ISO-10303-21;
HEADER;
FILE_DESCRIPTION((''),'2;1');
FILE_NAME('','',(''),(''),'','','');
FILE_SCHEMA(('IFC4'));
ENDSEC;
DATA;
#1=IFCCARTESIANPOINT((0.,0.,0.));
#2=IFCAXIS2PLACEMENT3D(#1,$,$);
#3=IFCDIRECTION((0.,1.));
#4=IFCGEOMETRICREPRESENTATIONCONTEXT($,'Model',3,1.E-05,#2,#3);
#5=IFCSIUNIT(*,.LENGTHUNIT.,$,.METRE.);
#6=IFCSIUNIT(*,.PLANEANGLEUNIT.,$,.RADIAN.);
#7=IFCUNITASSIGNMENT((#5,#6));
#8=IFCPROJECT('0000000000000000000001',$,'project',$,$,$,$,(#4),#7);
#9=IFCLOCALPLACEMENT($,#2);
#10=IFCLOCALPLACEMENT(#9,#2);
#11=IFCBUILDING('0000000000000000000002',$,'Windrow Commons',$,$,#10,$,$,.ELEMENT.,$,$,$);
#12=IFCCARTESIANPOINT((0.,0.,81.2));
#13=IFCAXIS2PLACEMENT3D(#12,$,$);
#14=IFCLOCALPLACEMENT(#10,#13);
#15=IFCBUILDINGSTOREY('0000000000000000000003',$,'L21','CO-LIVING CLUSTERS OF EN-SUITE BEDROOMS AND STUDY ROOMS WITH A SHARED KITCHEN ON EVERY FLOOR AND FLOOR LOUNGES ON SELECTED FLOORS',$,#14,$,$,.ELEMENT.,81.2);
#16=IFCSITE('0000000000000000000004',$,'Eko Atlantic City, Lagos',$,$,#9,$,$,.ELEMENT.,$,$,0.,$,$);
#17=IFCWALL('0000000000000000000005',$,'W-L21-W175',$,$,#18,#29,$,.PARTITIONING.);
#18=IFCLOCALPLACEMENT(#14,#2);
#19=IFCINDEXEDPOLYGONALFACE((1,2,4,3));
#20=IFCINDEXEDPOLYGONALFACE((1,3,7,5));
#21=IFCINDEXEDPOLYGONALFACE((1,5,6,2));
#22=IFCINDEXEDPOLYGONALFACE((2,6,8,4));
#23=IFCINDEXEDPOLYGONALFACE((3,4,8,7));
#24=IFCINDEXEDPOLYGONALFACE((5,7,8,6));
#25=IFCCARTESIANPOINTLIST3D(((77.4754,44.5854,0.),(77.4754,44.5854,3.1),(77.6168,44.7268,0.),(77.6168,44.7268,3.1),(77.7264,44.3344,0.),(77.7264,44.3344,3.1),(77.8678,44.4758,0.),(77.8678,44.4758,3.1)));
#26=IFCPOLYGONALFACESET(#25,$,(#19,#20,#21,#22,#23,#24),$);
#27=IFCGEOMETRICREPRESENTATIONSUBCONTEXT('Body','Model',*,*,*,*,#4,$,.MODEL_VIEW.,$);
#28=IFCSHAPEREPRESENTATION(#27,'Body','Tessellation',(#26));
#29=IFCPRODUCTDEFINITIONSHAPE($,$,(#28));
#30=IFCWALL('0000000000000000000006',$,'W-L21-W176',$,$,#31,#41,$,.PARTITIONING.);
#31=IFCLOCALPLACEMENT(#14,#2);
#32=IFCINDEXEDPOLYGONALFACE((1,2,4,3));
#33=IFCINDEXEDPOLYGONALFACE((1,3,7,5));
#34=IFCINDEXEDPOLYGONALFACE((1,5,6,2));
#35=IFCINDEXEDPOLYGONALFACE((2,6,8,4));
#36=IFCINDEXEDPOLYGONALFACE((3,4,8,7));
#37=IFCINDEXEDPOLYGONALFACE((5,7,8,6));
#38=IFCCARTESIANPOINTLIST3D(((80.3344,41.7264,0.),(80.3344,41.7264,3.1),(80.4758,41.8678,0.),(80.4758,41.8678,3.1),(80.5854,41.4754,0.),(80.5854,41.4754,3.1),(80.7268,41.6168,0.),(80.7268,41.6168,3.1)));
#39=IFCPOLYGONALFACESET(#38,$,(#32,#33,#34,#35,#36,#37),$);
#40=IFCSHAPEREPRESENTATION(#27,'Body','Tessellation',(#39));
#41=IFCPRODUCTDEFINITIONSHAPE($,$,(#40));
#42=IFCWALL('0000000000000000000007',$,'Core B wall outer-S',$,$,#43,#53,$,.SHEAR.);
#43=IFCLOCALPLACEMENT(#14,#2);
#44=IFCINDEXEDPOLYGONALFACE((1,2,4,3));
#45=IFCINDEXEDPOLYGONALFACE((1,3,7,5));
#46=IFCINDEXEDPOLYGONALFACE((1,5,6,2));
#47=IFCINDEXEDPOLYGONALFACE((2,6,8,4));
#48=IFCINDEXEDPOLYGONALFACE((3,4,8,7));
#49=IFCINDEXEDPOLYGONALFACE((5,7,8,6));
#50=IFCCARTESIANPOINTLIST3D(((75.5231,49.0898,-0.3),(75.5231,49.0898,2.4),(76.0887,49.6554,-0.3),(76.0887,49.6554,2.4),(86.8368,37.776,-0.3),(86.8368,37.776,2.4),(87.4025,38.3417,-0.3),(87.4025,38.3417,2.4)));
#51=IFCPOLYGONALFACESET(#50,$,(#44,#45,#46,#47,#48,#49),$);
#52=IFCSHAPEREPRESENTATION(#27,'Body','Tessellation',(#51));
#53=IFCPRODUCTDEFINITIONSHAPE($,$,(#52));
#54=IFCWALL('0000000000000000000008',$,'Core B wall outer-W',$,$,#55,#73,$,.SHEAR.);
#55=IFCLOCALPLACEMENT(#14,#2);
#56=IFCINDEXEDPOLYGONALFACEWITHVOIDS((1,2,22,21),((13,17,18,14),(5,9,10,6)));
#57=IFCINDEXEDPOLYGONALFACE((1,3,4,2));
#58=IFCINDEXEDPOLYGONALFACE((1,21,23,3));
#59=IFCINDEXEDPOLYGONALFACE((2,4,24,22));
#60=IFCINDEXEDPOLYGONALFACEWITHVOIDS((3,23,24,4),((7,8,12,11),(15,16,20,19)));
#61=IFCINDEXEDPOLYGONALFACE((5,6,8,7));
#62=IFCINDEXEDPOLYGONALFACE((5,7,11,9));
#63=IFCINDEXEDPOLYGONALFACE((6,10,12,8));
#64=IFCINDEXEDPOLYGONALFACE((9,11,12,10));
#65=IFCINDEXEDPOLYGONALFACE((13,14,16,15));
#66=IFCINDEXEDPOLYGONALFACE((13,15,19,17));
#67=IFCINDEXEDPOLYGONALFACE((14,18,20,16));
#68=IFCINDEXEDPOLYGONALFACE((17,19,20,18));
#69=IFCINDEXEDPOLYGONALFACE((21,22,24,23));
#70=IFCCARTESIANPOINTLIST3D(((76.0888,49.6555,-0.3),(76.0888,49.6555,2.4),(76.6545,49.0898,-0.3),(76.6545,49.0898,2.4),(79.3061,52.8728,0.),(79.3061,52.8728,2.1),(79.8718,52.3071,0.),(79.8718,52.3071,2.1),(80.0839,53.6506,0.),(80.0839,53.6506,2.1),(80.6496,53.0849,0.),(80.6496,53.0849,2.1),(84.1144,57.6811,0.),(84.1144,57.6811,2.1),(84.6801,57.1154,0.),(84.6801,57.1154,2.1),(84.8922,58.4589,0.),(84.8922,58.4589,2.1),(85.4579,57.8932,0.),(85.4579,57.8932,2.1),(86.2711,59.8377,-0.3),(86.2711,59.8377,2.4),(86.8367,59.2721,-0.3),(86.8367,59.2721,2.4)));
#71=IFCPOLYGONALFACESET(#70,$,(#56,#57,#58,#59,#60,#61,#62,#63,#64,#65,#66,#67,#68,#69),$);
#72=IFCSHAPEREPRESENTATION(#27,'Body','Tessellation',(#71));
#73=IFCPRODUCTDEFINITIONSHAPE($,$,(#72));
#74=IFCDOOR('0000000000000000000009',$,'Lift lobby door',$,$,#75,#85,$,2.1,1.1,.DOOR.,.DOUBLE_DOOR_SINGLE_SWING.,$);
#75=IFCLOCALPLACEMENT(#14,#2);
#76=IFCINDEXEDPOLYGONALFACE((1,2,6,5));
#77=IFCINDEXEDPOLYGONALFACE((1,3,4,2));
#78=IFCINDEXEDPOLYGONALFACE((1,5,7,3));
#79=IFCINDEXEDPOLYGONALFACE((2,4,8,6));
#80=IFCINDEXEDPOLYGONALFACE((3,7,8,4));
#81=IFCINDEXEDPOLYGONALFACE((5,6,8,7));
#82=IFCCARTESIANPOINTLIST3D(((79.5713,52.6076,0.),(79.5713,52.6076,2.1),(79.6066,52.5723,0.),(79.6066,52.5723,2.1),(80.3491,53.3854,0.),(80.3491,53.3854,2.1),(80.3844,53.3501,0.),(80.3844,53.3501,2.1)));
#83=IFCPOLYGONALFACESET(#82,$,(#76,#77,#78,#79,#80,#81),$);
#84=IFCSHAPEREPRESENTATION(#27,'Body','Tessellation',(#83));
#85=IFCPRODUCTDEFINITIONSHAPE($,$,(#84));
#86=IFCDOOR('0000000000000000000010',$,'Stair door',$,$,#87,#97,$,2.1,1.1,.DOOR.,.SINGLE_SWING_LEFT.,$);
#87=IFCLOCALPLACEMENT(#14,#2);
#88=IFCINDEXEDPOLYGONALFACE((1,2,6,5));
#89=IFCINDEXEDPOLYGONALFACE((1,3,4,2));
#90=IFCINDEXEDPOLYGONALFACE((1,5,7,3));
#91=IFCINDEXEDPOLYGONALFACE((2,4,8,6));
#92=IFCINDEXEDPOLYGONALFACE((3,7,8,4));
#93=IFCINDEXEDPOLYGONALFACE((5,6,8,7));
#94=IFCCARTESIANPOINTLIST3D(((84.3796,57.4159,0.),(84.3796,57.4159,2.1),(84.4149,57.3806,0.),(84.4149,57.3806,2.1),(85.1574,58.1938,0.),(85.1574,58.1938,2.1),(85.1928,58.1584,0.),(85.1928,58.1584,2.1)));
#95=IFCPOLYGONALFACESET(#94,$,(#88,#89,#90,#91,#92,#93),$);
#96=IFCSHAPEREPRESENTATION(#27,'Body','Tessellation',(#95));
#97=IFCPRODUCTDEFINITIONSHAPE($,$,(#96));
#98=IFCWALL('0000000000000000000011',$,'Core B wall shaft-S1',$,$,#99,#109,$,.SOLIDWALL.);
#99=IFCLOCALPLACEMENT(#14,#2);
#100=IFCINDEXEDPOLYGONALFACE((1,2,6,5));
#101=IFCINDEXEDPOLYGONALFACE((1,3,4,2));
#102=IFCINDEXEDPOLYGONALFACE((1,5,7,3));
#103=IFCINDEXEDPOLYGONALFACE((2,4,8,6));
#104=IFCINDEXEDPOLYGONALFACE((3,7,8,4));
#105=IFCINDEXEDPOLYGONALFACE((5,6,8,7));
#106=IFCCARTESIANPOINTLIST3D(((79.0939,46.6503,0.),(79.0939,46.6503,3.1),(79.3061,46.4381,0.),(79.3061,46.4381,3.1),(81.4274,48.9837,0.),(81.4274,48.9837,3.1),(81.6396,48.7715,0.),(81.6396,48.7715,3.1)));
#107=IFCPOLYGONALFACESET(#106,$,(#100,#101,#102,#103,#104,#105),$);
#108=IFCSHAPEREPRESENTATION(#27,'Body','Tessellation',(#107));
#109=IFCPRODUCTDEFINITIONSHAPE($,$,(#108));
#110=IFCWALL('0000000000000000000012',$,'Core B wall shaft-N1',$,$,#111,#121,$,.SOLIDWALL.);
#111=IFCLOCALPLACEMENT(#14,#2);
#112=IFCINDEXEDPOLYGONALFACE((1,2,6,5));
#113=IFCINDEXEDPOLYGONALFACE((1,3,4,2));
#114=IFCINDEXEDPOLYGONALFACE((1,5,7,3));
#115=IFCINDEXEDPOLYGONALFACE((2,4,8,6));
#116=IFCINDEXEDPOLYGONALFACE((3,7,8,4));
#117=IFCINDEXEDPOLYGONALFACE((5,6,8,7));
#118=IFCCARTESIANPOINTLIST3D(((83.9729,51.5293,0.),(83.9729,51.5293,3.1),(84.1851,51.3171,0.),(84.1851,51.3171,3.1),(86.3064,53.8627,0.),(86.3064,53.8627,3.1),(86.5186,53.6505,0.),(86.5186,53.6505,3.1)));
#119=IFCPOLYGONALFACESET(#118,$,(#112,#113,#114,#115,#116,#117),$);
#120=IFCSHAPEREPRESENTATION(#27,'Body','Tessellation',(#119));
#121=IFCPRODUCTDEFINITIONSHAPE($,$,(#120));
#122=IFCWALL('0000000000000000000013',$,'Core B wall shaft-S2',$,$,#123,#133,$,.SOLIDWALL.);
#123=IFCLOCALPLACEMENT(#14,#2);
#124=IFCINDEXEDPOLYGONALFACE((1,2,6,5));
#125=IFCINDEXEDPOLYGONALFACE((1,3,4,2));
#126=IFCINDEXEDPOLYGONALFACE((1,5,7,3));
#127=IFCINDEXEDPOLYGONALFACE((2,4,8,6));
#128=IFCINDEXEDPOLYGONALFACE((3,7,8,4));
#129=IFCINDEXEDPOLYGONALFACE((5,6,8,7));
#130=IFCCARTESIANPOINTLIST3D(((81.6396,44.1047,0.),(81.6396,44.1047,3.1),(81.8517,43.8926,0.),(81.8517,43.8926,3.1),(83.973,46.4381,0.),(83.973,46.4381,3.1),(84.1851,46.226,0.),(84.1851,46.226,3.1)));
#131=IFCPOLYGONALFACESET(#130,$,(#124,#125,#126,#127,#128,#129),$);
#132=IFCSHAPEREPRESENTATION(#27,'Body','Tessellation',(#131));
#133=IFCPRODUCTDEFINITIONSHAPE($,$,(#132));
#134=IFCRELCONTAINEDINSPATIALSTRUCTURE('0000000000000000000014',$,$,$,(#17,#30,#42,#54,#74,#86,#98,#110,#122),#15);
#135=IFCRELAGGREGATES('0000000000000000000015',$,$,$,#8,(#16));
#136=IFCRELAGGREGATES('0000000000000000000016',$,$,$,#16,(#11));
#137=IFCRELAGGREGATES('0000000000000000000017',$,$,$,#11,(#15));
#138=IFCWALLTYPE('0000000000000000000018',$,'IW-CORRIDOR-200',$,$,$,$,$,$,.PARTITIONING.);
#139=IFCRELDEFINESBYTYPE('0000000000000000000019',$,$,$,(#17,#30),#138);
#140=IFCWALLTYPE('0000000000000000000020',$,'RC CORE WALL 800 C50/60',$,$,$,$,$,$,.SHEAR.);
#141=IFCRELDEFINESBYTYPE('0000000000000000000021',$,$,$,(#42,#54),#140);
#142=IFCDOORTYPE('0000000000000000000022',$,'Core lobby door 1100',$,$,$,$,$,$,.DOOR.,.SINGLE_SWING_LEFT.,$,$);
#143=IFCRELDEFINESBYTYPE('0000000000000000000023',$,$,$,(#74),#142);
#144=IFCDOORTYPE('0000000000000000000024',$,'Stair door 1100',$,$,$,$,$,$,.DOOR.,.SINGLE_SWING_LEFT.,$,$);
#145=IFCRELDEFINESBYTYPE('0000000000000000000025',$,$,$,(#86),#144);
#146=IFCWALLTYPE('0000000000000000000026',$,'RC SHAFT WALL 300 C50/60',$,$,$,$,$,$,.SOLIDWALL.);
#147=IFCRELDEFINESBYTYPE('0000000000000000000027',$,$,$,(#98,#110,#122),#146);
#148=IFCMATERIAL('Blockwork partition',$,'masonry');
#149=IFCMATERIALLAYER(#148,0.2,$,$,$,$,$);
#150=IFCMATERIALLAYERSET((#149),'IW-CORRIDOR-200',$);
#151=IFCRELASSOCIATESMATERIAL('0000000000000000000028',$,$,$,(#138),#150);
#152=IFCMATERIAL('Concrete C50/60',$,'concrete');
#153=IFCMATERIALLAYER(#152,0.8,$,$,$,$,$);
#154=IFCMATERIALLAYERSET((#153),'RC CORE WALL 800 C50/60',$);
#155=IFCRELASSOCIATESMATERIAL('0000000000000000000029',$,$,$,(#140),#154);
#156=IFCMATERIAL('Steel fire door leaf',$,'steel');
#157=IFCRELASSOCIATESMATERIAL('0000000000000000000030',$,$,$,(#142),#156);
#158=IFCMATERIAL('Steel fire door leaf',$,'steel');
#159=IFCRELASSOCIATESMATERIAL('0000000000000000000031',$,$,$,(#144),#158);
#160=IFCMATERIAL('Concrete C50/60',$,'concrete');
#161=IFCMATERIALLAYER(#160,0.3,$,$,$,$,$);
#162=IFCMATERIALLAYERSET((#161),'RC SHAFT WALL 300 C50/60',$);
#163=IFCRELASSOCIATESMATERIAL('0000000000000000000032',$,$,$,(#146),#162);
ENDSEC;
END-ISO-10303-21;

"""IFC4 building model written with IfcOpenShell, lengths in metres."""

from ifc_helpers import new_model, si_unit, direction, frame, frame_2d, origin, place, context, subcontext, project, spatial, rectangle, extrude, material, layer, layer_set, type_object, element, fill, save


model = new_model("IFC4")

# Units and contexts
model_context = context("Model", 3, precision=1e-05, world=origin(), true_north=direction((0.0, 1.0)))
body_context = subcontext(model_context, "Body", "Model", "MODEL_VIEW")
ifc_project = project(units=[si_unit("LENGTHUNIT", "METRE"), si_unit("PLANEANGLEUNIT", "RADIAN")], contexts=[model_context])

# Site, building, storey
site_placement = place(None, origin())
site = spatial("IfcSite", under=ifc_project, at=site_placement, Name="Eko Atlantic City, Lagos", CompositionType="ELEMENT", RefElevation=0.0)
building_placement = place(site_placement, origin())
building = spatial("IfcBuilding", under=site, at=building_placement, Name="Windrow Commons", CompositionType="ELEMENT")
storey_placement = place(building_placement, frame((0.0, 0.0, 81.2)))
storey = spatial("IfcBuildingStorey", under=building, at=storey_placement, Name="L21", Description="CO-LIVING CLUSTERS OF EN-SUITE BEDROOMS AND STUDY ROOMS WITH A SHARED KITCHEN ON EVERY FLOOR AND FLOOR LOUNGES ON SELECTED FLOORS", CompositionType="ELEMENT", Elevation=81.2)

# Shared definitions
ifc_material_1 = material(Name="Blockwork partition", Category="masonry")
ifc_layer_1 = layer(ifc_material_1, 0.2)
ifc_layer_set_1 = layer_set([ifc_layer_1], Name="IW-CORRIDOR-200")
wall_type_1 = type_object("IfcWallType", Name="IW-CORRIDOR-200", PredefinedType="PARTITIONING", material=ifc_layer_set_1)

# Walls
for number, where, z_axis, x_axis, name in (
    (1, (77.5461, 44.6561, 0.0), (0.0, 0.0, 1.0), (0.707107, -0.707107, 0.0), "W-L21-W175"),
    (2, (80.4051, 41.7971, 0.0), (0.0, 0.0, 1.0), (0.707107, -0.707107, 0.0), "W-L21-W176"),
):
    element("IfcWall", number, at=place(storey_placement, frame(where, z_axis=z_axis, x_axis=x_axis)), inside=storey, type_object=wall_type_1, Name=name, PredefinedType="PARTITIONING", context=body_context, shape_type="SweptSolid", body=[
        extrude(rectangle(XDim=0.355, YDim=0.2, at=frame_2d((0.1775, 0.0))), origin(), (0.0, 0.0, 1.0), 3.1),
    ])
ifc_material_2 = material(Name="Concrete C50/60", Category="concrete")
ifc_layer_2 = layer(ifc_material_2, 0.8)
ifc_layer_set_2 = layer_set([ifc_layer_2], Name="RC CORE WALL 800 C50/60")
wall_type_2 = type_object("IfcWallType", Name="RC CORE WALL 800 C50/60", PredefinedType="SHEAR", material=ifc_layer_set_2)
wall_1_placement = place(storey_placement, frame((75.8059, 49.3726, -0.3), z_axis=(0.0, 0.0, 1.0), x_axis=(0.707107, -0.707107, 0.0)))
element("IfcWall", 3, at=wall_1_placement, inside=storey, type_object=wall_type_2, Name="Core B wall outer-S", PredefinedType="SHEAR", context=body_context, shape_type="SweptSolid", body=[
    extrude(rectangle(XDim=16.0, YDim=0.8, at=frame_2d((8.0, 0.0))), origin(), (0.0, 0.0, 1.0), 2.7),
])

# Wall, openings, doors
wall_2_placement = place(storey_placement, frame((76.3716, 49.3726, -0.3), z_axis=(0.0, 0.0, 1.0), x_axis=(0.707107, 0.707107, 0.0)))
wall_2 = element("IfcWall", 4, at=wall_2_placement, inside=storey, type_object=wall_type_2, Name="Core B wall outer-W", PredefinedType="SHEAR", context=body_context, shape_type="SweptSolid", body=[
    extrude(rectangle(XDim=14.3999, YDim=0.8, at=frame_2d((7.2, 0.0))), origin(), (0.0, 0.0, 1.0), 2.7),
])
opening_1_placement = place(wall_2_placement, frame((4.55, 0.0, 0.3)))
opening_1 = element("IfcOpeningElement", 5, at=opening_1_placement, cuts=wall_2, PredefinedType="OPENING", context=body_context, shape_type="SweptSolid", body=[
    extrude(rectangle(XDim=1.1, YDim=2.1, at=frame_2d((0.55, 1.05))), frame((0.0, 0.41, 0.0), z_axis=(0.0, -1.0, 0.0), x_axis=(1.0, 0.0, 0.0)), (0.0, 0.0, 1.0), 0.82),
])
opening_2_placement = place(wall_2_placement, frame((11.35, 0.0, 0.3)))
opening_2 = element("IfcOpeningElement", 6, at=opening_2_placement, cuts=wall_2, PredefinedType="OPENING", context=body_context, shape_type="SweptSolid", body=[
    extrude(rectangle(XDim=1.1, YDim=2.1, at=frame_2d((0.55, 1.05))), frame((0.0, 0.41, 0.0), z_axis=(0.0, -1.0, 0.0), x_axis=(1.0, 0.0, 0.0)), (0.0, 0.0, 1.0), 0.82),
])
ifc_material_3 = material(Name="Steel fire door leaf", Category="steel")
door_type_1 = type_object("IfcDoorType", Name="Core lobby door 1100", OperationType="SINGLE_SWING_LEFT", PredefinedType="DOOR", material=ifc_material_3)
door_1_placement = place(opening_1_placement, origin())
door_1 = element("IfcDoor", 7, at=door_1_placement, inside=storey, type_object=door_type_1, Name="Lift lobby door", OperationType="DOUBLE_DOOR_SINGLE_SWING", OverallHeight=2.1, OverallWidth=1.1, PredefinedType="DOOR", context=body_context, shape_type="SweptSolid", body=[
    extrude(rectangle(XDim=1.1, YDim=2.1, at=frame_2d((0.55, 1.05))), frame((0.0, 0.025, 0.0), z_axis=(0.0, -1.0, 0.0), x_axis=(1.0, 0.0, 0.0)), (0.0, 0.0, 1.0), 0.05),
])
fill(opening_1, door_1)
ifc_material_4 = material(Name="Steel fire door leaf", Category="steel")
door_type_2 = type_object("IfcDoorType", Name="Stair door 1100", OperationType="SINGLE_SWING_LEFT", PredefinedType="DOOR", material=ifc_material_4)
door_2_placement = place(opening_2_placement, origin())
door_2 = element("IfcDoor", 8, at=door_2_placement, inside=storey, type_object=door_type_2, Name="Stair door", OperationType="SINGLE_SWING_LEFT", OverallHeight=2.1, OverallWidth=1.1, PredefinedType="DOOR", context=body_context, shape_type="SweptSolid", body=[
    extrude(rectangle(XDim=1.1, YDim=2.1, at=frame_2d((0.55, 1.05))), frame((0.0, 0.025, 0.0), z_axis=(0.0, -1.0, 0.0), x_axis=(1.0, 0.0, 0.0)), (0.0, 0.0, 1.0), 0.05),
])
fill(opening_2, door_2)

# Walls
ifc_material_5 = material(Name="Concrete C50/60", Category="concrete")
ifc_layer_3 = layer(ifc_material_5, 0.3)
ifc_layer_set_3 = layer_set([ifc_layer_3], Name="RC SHAFT WALL 300 C50/60")
wall_type_3 = type_object("IfcWallType", Name="RC SHAFT WALL 300 C50/60", PredefinedType="SOLIDWALL", material=ifc_layer_set_3)
for number, where, z_axis, x_axis, name in (
    (9, (79.2, 46.5442, 0.0), (0.0, 0.0, 1.0), (0.707122, 0.707092, 0.0), "Core B wall shaft-S1"),
    (10, (84.079, 51.4232, 0.0), (0.0, 0.0, 1.0), (0.707122, 0.707092, 0.0), "Core B wall shaft-N1"),
):
    element("IfcWall", number, at=place(storey_placement, frame(where, z_axis=z_axis, x_axis=x_axis)), inside=storey, type_object=wall_type_3, Name=name, PredefinedType="SOLIDWALL", context=body_context, shape_type="SweptSolid", body=[
        extrude(rectangle(XDim=3.3, YDim=0.3, at=frame_2d((1.65, 0.0))), origin(), (0.0, 0.0, 1.0), 3.1),
    ])
wall_3_placement = place(storey_placement, frame((81.7456, 43.9986, 0.0), z_axis=(0.0, 0.0, 1.0), x_axis=(0.707107, 0.707107, 0.0)))
element("IfcWall", 11, at=wall_3_placement, inside=storey, type_object=wall_type_3, Name="Core B wall shaft-S2", PredefinedType="SOLIDWALL", context=body_context, shape_type="SweptSolid", body=[
    extrude(rectangle(XDim=3.2999, YDim=0.3, at=frame_2d((1.65, 0.0))), origin(), (0.0, 0.0, 1.0), 3.1),
])

save(model, "model.ifc")
